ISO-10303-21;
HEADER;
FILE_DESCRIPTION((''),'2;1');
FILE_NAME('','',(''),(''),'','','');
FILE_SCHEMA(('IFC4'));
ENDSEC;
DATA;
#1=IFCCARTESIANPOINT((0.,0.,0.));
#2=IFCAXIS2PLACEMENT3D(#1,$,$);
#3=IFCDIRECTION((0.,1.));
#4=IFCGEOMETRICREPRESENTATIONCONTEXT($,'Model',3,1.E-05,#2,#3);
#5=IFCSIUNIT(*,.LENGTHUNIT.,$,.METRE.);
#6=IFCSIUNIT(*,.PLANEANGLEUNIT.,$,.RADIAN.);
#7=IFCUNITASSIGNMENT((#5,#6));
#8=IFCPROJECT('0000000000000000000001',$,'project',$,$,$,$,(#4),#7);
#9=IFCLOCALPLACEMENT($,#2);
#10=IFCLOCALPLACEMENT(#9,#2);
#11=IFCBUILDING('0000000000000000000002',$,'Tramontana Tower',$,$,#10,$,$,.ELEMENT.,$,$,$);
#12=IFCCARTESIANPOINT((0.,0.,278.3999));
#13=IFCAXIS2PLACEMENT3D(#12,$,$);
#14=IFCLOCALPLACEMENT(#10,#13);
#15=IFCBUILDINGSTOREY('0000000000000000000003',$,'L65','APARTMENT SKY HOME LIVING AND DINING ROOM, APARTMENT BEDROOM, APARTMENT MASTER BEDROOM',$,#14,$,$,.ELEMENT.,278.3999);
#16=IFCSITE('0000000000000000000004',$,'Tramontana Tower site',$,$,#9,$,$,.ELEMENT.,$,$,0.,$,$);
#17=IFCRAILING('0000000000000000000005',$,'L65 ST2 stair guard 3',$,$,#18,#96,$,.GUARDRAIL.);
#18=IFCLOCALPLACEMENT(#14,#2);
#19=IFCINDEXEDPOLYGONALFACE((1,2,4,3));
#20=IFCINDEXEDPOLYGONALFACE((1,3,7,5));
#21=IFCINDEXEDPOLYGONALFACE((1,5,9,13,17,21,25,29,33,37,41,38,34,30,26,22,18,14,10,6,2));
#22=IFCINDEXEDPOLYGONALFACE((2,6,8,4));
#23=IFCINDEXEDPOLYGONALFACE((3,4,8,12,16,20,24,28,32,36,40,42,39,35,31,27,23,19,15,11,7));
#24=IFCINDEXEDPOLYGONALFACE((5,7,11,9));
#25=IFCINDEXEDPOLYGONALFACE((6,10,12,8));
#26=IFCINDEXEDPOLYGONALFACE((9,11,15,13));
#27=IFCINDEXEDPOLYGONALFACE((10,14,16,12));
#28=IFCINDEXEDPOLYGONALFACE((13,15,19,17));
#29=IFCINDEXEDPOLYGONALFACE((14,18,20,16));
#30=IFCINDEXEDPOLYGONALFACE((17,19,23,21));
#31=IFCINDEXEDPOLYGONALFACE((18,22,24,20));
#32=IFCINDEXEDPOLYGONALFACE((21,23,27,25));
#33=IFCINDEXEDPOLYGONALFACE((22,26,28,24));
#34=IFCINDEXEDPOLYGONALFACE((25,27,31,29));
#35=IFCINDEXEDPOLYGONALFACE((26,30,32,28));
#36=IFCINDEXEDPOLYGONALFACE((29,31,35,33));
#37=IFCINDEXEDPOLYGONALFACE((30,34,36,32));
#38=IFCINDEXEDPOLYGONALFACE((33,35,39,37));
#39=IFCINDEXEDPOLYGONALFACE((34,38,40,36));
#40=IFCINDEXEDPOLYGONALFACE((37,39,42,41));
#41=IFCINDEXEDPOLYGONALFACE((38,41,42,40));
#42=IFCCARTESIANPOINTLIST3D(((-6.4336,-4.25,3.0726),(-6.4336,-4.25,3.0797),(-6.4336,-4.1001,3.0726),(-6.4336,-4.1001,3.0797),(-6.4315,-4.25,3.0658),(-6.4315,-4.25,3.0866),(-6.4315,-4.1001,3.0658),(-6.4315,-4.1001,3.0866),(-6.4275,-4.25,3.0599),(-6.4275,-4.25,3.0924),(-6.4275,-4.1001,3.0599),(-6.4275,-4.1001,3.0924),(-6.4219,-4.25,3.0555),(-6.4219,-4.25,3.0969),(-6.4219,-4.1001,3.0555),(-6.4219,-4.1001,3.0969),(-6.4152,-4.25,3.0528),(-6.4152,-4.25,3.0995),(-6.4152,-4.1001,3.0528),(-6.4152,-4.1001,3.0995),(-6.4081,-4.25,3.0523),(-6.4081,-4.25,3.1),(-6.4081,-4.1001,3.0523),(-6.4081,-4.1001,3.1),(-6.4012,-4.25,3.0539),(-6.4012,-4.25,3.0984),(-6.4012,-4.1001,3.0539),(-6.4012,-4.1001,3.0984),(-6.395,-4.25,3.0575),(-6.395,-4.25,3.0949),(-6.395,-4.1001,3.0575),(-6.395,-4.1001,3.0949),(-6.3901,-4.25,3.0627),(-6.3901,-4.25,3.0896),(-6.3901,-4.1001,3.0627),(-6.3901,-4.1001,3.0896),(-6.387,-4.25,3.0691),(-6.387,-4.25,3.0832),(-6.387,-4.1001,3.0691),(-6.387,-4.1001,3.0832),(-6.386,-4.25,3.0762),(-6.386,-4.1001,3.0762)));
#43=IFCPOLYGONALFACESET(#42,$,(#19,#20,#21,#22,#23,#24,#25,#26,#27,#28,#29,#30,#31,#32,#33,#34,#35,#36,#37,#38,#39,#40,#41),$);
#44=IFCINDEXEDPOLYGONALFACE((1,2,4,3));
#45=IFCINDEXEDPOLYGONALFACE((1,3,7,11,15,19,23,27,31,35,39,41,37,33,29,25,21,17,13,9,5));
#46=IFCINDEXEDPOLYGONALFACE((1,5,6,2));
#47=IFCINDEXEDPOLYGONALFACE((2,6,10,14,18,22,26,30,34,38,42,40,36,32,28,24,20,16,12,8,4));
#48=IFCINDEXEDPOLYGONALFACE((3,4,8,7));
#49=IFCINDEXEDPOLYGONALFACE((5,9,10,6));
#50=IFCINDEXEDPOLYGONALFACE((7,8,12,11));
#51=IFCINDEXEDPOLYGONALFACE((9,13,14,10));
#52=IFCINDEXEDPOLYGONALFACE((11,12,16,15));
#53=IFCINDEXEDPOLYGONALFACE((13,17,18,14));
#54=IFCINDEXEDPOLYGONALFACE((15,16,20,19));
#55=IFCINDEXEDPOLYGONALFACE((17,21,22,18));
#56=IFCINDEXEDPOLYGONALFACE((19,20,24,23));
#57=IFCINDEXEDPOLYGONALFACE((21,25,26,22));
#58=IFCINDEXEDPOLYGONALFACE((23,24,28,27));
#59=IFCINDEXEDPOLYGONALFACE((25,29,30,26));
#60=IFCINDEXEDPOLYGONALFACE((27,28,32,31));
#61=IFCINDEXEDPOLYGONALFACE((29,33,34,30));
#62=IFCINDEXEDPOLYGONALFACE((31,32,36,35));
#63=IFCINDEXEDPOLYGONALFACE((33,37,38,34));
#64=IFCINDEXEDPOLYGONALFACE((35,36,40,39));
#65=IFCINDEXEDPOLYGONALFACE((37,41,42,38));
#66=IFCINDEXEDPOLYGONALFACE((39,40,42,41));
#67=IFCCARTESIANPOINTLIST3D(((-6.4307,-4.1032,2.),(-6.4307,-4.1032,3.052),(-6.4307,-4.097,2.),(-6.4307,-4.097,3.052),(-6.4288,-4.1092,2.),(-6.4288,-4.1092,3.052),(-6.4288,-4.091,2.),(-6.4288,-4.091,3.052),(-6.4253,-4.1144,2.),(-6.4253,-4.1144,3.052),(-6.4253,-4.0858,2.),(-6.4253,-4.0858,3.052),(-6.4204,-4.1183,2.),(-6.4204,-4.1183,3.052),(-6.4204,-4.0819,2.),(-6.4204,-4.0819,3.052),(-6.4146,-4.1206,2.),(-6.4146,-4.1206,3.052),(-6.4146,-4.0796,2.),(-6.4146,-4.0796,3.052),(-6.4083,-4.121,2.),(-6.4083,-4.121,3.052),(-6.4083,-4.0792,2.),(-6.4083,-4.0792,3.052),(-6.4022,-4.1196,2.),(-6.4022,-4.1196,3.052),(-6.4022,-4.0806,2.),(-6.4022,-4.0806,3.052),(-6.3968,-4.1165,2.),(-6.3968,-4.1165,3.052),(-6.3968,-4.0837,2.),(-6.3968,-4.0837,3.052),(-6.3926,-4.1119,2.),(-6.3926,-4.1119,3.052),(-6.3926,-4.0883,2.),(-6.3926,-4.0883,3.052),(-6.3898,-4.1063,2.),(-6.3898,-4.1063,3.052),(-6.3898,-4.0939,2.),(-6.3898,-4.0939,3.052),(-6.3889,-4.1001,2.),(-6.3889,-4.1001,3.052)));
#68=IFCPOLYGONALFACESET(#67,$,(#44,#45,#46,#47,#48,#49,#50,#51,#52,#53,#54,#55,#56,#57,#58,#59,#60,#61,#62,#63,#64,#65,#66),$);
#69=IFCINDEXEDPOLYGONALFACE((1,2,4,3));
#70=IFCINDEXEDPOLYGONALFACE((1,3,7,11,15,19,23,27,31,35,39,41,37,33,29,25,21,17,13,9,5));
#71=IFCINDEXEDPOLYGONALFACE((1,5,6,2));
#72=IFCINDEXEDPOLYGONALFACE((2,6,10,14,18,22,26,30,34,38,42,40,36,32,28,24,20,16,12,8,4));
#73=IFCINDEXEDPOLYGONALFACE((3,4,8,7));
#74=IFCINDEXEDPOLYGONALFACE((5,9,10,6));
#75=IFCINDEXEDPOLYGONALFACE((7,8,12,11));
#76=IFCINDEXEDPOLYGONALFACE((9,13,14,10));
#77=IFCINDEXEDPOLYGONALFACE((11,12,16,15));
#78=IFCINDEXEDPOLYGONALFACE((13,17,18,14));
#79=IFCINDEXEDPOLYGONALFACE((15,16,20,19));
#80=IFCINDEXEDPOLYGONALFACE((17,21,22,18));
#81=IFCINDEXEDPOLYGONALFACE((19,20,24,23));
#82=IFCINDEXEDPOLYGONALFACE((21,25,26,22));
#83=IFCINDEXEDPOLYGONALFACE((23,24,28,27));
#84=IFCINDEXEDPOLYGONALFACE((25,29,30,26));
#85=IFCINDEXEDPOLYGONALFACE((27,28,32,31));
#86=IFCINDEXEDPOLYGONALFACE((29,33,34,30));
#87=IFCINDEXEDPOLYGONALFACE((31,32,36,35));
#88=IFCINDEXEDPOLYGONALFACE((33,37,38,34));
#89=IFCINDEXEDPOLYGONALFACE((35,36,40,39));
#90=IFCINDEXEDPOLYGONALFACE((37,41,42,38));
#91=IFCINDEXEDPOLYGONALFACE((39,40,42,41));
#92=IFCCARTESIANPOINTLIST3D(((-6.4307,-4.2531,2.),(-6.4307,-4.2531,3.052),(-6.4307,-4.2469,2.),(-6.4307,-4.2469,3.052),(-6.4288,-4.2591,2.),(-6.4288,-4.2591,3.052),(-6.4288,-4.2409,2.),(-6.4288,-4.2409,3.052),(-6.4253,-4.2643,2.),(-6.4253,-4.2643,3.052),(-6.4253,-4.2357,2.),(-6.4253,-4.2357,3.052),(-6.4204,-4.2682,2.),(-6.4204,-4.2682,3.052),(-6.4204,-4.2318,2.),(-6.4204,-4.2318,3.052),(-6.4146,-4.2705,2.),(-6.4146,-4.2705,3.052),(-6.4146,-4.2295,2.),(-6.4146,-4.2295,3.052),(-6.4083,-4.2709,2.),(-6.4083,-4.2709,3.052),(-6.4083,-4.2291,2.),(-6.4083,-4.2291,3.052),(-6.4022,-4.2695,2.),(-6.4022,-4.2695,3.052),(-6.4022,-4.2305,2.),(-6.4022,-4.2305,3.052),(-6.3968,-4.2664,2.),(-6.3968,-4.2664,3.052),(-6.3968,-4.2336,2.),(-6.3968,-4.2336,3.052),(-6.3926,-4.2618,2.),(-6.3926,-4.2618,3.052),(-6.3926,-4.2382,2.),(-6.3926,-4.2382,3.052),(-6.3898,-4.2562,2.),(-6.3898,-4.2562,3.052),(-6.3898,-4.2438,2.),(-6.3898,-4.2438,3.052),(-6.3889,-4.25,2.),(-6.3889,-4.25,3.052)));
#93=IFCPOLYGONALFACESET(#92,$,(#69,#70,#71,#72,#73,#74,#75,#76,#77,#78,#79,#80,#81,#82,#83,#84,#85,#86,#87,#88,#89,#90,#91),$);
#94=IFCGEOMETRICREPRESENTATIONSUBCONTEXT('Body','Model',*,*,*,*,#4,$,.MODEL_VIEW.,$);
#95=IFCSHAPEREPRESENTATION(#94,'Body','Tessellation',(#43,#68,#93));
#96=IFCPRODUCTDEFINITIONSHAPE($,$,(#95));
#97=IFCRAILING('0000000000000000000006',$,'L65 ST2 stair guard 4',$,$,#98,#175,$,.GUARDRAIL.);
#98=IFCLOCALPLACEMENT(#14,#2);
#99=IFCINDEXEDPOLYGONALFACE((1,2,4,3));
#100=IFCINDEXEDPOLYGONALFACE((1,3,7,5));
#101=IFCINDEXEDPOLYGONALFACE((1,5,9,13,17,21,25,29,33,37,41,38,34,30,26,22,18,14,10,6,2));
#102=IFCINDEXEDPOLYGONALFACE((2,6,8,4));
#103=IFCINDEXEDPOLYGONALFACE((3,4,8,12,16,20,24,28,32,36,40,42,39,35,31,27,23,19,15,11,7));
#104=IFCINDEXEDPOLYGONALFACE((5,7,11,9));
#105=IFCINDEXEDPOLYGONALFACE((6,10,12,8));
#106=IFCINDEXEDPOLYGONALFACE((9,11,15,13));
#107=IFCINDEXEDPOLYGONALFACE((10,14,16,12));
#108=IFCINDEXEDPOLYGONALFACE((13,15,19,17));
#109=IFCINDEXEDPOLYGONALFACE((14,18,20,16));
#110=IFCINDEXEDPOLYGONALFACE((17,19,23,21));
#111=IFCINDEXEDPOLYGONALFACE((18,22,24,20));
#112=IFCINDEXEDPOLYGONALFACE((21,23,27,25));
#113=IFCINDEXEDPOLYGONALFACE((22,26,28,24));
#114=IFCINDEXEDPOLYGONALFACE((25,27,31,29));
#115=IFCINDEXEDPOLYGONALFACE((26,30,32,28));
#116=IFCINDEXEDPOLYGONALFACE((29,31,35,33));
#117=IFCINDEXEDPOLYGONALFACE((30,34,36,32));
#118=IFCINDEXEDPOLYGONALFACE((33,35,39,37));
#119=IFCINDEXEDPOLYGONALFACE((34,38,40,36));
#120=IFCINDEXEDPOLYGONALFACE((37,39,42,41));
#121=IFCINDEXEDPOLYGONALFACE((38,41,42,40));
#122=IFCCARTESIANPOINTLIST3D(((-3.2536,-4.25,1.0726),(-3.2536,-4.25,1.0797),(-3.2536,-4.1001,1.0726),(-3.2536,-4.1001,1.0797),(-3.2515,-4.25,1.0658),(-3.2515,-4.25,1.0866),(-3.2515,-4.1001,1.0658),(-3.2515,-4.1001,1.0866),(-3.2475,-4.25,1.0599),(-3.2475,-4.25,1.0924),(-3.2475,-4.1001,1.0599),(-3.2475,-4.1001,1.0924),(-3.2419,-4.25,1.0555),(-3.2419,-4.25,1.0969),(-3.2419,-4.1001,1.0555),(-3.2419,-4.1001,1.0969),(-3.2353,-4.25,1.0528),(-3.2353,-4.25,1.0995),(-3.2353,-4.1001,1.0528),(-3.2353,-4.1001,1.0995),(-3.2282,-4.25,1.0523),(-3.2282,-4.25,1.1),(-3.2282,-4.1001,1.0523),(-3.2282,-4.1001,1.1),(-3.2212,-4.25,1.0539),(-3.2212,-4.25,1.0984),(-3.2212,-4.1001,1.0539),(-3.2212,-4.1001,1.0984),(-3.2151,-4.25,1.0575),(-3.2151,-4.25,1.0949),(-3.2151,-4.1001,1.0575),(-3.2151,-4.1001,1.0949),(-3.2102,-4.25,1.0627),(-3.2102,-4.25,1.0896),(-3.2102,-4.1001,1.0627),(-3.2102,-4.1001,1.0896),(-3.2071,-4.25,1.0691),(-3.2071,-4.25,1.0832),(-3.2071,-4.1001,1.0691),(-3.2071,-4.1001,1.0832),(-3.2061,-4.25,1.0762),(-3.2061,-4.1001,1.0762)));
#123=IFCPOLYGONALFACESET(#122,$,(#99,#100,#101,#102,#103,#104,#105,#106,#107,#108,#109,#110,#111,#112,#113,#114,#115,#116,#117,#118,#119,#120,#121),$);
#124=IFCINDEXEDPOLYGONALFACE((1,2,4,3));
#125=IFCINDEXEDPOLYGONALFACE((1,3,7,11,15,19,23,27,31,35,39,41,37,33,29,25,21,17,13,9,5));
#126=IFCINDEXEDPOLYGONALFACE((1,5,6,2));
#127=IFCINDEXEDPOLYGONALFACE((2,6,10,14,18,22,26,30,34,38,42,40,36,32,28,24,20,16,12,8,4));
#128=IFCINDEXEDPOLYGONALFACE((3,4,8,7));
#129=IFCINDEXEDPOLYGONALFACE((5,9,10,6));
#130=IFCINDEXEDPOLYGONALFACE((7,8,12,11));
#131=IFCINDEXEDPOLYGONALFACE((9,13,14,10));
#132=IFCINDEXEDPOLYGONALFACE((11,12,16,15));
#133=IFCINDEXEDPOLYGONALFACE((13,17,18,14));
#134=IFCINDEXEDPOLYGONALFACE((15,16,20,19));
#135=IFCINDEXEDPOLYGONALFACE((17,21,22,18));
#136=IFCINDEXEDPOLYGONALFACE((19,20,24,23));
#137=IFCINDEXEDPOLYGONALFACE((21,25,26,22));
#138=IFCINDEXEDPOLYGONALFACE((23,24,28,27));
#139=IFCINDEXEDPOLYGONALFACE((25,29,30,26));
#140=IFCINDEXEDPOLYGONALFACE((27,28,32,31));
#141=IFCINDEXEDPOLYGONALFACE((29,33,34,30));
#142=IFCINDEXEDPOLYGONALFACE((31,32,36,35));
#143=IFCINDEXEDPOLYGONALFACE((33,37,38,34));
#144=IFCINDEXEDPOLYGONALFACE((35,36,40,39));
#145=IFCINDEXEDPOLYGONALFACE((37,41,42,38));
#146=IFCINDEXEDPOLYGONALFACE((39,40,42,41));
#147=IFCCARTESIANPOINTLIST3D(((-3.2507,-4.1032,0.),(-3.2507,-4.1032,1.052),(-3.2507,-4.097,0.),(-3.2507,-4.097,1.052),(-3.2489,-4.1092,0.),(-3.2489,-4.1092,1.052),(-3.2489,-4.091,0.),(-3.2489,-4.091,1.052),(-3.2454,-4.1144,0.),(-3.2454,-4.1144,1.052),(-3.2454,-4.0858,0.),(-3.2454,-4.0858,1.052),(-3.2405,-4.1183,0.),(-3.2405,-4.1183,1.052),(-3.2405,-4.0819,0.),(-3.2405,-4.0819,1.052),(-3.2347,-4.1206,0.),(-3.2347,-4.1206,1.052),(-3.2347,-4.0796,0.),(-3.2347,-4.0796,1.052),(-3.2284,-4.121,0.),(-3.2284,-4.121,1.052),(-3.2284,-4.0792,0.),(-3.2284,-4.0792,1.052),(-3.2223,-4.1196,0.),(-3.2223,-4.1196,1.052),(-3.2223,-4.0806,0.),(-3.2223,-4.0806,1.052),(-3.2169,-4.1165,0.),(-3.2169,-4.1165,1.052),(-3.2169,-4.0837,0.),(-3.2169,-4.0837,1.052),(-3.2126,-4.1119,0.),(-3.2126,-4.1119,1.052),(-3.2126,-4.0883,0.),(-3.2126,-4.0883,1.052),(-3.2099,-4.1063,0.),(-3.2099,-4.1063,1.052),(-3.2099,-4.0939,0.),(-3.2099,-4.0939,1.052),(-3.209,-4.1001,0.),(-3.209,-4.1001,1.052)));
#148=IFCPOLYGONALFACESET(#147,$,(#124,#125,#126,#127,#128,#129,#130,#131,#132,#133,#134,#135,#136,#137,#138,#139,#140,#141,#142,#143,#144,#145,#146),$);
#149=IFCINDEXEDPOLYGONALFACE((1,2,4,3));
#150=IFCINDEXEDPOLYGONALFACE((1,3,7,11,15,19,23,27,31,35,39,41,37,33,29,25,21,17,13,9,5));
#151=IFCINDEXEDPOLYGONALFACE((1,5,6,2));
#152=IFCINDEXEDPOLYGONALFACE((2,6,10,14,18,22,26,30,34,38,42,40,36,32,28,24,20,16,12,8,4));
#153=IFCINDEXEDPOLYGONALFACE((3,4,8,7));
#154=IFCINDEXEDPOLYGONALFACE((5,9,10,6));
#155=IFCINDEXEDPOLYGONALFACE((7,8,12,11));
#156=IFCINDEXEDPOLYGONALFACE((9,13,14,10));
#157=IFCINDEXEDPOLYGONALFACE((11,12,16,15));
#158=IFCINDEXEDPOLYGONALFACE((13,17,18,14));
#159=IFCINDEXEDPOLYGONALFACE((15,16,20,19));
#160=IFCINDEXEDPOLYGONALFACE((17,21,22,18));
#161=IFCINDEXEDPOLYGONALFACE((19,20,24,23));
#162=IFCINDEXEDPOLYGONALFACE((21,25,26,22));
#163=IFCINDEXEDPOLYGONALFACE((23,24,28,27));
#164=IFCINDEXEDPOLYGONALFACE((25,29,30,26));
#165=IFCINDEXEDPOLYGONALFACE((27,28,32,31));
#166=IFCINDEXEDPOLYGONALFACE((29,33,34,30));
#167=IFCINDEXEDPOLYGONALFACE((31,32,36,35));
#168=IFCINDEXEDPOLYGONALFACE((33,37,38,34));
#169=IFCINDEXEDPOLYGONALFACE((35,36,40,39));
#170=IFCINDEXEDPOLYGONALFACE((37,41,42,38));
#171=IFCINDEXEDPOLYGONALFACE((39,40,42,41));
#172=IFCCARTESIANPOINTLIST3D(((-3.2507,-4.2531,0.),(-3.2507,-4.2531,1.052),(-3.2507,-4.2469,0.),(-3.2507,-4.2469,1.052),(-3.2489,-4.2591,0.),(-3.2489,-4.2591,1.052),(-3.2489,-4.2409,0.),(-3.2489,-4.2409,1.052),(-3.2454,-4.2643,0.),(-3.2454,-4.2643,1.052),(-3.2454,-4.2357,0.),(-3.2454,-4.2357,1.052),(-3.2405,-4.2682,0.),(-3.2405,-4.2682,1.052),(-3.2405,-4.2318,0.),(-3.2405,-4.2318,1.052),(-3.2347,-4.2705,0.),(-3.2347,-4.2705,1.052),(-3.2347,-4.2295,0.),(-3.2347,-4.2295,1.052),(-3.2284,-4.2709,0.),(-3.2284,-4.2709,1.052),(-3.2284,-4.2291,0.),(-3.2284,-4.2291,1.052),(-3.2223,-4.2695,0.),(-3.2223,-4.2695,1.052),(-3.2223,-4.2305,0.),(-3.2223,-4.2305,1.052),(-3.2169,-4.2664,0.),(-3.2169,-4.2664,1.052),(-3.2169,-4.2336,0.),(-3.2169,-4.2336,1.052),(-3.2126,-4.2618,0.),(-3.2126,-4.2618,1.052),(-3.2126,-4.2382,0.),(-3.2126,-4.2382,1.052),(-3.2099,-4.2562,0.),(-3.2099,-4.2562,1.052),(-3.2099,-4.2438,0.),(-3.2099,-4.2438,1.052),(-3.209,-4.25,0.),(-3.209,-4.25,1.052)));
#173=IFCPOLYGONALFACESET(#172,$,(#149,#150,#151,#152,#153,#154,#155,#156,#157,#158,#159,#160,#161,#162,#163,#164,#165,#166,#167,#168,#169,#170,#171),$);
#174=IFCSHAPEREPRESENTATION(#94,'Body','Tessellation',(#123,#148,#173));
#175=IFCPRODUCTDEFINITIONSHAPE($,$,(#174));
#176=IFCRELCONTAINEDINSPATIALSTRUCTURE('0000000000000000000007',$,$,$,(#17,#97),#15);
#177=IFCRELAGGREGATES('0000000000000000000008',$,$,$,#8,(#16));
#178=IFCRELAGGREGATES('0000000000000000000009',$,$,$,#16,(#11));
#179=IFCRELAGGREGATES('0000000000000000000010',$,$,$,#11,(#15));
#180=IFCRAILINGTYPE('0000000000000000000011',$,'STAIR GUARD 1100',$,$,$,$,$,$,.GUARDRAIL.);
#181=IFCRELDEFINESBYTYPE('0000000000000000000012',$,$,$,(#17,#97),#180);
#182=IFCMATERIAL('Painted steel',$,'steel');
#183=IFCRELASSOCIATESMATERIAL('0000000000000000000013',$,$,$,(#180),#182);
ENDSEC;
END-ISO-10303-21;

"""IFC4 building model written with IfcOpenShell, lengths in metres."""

from ifc_helpers import new_model, si_unit, direction, frame, origin, origin_2d, place, context, subcontext, project, spatial, circle, extrude, material, type_object, element, save


model = new_model("IFC4")

# Units and contexts
model_context = context("Model", 3, precision=1e-05, world=origin(), true_north=direction((0.0, 1.0)))
body_context = subcontext(model_context, "Body", "Model", "MODEL_VIEW")
ifc_project = project(units=[si_unit("LENGTHUNIT", "METRE"), si_unit("PLANEANGLEUNIT", "RADIAN")], contexts=[model_context])

# Site, building, storey
site_placement = place(None, origin())
site = spatial("IfcSite", under=ifc_project, at=site_placement, Name="Tramontana Tower site", CompositionType="ELEMENT", RefElevation=0.0)
building_placement = place(site_placement, origin())
building = spatial("IfcBuilding", under=site, at=building_placement, Name="Tramontana Tower", CompositionType="ELEMENT")
storey_placement = place(building_placement, frame((0.0, 0.0, 278.3999)))
storey = spatial("IfcBuildingStorey", under=building, at=storey_placement, Name="L65", Description="APARTMENT SKY HOME LIVING AND DINING ROOM, APARTMENT BEDROOM, APARTMENT MASTER BEDROOM", CompositionType="ELEMENT", Elevation=278.3999)

# Railings
ifc_material_1 = material(Name="Painted steel", Category="steel")
railing_type_1 = type_object("IfcRailingType", Name="STAIR GUARD 1100", PredefinedType="GUARDRAIL", material=ifc_material_1)
for number, where, name in (
    (1, (-6.4099, -4.1001, 2.0), "L65 ST2 stair guard 3"),
    (2, (-3.23, -4.1001, 0.0), "L65 ST2 stair guard 4"),
):
    element("IfcRailing", number, at=place(storey_placement, frame(where)), inside=storey, type_object=railing_type_1, Name=name, PredefinedType="GUARDRAIL", context=body_context, shape_type="SweptSolid", body=[
        extrude(circle(Radius=0.0239, at=origin_2d()), frame((0.0, 0.0, 1.0762), z_axis=(0.0, -1.0, 0.0), x_axis=(1.0, 0.0, 0.0)), (0.0, 0.0, 1.0), 0.1499),
        extrude(circle(Radius=0.021, at=origin_2d()), origin(), (0.0, 0.0, 1.0), 1.052),
        extrude(circle(Radius=0.021, at=origin_2d()), frame((0.0, -0.1499, 0.0)), (0.0, 0.0, 1.0), 1.052),
    ])

save(model, "model.ifc")
